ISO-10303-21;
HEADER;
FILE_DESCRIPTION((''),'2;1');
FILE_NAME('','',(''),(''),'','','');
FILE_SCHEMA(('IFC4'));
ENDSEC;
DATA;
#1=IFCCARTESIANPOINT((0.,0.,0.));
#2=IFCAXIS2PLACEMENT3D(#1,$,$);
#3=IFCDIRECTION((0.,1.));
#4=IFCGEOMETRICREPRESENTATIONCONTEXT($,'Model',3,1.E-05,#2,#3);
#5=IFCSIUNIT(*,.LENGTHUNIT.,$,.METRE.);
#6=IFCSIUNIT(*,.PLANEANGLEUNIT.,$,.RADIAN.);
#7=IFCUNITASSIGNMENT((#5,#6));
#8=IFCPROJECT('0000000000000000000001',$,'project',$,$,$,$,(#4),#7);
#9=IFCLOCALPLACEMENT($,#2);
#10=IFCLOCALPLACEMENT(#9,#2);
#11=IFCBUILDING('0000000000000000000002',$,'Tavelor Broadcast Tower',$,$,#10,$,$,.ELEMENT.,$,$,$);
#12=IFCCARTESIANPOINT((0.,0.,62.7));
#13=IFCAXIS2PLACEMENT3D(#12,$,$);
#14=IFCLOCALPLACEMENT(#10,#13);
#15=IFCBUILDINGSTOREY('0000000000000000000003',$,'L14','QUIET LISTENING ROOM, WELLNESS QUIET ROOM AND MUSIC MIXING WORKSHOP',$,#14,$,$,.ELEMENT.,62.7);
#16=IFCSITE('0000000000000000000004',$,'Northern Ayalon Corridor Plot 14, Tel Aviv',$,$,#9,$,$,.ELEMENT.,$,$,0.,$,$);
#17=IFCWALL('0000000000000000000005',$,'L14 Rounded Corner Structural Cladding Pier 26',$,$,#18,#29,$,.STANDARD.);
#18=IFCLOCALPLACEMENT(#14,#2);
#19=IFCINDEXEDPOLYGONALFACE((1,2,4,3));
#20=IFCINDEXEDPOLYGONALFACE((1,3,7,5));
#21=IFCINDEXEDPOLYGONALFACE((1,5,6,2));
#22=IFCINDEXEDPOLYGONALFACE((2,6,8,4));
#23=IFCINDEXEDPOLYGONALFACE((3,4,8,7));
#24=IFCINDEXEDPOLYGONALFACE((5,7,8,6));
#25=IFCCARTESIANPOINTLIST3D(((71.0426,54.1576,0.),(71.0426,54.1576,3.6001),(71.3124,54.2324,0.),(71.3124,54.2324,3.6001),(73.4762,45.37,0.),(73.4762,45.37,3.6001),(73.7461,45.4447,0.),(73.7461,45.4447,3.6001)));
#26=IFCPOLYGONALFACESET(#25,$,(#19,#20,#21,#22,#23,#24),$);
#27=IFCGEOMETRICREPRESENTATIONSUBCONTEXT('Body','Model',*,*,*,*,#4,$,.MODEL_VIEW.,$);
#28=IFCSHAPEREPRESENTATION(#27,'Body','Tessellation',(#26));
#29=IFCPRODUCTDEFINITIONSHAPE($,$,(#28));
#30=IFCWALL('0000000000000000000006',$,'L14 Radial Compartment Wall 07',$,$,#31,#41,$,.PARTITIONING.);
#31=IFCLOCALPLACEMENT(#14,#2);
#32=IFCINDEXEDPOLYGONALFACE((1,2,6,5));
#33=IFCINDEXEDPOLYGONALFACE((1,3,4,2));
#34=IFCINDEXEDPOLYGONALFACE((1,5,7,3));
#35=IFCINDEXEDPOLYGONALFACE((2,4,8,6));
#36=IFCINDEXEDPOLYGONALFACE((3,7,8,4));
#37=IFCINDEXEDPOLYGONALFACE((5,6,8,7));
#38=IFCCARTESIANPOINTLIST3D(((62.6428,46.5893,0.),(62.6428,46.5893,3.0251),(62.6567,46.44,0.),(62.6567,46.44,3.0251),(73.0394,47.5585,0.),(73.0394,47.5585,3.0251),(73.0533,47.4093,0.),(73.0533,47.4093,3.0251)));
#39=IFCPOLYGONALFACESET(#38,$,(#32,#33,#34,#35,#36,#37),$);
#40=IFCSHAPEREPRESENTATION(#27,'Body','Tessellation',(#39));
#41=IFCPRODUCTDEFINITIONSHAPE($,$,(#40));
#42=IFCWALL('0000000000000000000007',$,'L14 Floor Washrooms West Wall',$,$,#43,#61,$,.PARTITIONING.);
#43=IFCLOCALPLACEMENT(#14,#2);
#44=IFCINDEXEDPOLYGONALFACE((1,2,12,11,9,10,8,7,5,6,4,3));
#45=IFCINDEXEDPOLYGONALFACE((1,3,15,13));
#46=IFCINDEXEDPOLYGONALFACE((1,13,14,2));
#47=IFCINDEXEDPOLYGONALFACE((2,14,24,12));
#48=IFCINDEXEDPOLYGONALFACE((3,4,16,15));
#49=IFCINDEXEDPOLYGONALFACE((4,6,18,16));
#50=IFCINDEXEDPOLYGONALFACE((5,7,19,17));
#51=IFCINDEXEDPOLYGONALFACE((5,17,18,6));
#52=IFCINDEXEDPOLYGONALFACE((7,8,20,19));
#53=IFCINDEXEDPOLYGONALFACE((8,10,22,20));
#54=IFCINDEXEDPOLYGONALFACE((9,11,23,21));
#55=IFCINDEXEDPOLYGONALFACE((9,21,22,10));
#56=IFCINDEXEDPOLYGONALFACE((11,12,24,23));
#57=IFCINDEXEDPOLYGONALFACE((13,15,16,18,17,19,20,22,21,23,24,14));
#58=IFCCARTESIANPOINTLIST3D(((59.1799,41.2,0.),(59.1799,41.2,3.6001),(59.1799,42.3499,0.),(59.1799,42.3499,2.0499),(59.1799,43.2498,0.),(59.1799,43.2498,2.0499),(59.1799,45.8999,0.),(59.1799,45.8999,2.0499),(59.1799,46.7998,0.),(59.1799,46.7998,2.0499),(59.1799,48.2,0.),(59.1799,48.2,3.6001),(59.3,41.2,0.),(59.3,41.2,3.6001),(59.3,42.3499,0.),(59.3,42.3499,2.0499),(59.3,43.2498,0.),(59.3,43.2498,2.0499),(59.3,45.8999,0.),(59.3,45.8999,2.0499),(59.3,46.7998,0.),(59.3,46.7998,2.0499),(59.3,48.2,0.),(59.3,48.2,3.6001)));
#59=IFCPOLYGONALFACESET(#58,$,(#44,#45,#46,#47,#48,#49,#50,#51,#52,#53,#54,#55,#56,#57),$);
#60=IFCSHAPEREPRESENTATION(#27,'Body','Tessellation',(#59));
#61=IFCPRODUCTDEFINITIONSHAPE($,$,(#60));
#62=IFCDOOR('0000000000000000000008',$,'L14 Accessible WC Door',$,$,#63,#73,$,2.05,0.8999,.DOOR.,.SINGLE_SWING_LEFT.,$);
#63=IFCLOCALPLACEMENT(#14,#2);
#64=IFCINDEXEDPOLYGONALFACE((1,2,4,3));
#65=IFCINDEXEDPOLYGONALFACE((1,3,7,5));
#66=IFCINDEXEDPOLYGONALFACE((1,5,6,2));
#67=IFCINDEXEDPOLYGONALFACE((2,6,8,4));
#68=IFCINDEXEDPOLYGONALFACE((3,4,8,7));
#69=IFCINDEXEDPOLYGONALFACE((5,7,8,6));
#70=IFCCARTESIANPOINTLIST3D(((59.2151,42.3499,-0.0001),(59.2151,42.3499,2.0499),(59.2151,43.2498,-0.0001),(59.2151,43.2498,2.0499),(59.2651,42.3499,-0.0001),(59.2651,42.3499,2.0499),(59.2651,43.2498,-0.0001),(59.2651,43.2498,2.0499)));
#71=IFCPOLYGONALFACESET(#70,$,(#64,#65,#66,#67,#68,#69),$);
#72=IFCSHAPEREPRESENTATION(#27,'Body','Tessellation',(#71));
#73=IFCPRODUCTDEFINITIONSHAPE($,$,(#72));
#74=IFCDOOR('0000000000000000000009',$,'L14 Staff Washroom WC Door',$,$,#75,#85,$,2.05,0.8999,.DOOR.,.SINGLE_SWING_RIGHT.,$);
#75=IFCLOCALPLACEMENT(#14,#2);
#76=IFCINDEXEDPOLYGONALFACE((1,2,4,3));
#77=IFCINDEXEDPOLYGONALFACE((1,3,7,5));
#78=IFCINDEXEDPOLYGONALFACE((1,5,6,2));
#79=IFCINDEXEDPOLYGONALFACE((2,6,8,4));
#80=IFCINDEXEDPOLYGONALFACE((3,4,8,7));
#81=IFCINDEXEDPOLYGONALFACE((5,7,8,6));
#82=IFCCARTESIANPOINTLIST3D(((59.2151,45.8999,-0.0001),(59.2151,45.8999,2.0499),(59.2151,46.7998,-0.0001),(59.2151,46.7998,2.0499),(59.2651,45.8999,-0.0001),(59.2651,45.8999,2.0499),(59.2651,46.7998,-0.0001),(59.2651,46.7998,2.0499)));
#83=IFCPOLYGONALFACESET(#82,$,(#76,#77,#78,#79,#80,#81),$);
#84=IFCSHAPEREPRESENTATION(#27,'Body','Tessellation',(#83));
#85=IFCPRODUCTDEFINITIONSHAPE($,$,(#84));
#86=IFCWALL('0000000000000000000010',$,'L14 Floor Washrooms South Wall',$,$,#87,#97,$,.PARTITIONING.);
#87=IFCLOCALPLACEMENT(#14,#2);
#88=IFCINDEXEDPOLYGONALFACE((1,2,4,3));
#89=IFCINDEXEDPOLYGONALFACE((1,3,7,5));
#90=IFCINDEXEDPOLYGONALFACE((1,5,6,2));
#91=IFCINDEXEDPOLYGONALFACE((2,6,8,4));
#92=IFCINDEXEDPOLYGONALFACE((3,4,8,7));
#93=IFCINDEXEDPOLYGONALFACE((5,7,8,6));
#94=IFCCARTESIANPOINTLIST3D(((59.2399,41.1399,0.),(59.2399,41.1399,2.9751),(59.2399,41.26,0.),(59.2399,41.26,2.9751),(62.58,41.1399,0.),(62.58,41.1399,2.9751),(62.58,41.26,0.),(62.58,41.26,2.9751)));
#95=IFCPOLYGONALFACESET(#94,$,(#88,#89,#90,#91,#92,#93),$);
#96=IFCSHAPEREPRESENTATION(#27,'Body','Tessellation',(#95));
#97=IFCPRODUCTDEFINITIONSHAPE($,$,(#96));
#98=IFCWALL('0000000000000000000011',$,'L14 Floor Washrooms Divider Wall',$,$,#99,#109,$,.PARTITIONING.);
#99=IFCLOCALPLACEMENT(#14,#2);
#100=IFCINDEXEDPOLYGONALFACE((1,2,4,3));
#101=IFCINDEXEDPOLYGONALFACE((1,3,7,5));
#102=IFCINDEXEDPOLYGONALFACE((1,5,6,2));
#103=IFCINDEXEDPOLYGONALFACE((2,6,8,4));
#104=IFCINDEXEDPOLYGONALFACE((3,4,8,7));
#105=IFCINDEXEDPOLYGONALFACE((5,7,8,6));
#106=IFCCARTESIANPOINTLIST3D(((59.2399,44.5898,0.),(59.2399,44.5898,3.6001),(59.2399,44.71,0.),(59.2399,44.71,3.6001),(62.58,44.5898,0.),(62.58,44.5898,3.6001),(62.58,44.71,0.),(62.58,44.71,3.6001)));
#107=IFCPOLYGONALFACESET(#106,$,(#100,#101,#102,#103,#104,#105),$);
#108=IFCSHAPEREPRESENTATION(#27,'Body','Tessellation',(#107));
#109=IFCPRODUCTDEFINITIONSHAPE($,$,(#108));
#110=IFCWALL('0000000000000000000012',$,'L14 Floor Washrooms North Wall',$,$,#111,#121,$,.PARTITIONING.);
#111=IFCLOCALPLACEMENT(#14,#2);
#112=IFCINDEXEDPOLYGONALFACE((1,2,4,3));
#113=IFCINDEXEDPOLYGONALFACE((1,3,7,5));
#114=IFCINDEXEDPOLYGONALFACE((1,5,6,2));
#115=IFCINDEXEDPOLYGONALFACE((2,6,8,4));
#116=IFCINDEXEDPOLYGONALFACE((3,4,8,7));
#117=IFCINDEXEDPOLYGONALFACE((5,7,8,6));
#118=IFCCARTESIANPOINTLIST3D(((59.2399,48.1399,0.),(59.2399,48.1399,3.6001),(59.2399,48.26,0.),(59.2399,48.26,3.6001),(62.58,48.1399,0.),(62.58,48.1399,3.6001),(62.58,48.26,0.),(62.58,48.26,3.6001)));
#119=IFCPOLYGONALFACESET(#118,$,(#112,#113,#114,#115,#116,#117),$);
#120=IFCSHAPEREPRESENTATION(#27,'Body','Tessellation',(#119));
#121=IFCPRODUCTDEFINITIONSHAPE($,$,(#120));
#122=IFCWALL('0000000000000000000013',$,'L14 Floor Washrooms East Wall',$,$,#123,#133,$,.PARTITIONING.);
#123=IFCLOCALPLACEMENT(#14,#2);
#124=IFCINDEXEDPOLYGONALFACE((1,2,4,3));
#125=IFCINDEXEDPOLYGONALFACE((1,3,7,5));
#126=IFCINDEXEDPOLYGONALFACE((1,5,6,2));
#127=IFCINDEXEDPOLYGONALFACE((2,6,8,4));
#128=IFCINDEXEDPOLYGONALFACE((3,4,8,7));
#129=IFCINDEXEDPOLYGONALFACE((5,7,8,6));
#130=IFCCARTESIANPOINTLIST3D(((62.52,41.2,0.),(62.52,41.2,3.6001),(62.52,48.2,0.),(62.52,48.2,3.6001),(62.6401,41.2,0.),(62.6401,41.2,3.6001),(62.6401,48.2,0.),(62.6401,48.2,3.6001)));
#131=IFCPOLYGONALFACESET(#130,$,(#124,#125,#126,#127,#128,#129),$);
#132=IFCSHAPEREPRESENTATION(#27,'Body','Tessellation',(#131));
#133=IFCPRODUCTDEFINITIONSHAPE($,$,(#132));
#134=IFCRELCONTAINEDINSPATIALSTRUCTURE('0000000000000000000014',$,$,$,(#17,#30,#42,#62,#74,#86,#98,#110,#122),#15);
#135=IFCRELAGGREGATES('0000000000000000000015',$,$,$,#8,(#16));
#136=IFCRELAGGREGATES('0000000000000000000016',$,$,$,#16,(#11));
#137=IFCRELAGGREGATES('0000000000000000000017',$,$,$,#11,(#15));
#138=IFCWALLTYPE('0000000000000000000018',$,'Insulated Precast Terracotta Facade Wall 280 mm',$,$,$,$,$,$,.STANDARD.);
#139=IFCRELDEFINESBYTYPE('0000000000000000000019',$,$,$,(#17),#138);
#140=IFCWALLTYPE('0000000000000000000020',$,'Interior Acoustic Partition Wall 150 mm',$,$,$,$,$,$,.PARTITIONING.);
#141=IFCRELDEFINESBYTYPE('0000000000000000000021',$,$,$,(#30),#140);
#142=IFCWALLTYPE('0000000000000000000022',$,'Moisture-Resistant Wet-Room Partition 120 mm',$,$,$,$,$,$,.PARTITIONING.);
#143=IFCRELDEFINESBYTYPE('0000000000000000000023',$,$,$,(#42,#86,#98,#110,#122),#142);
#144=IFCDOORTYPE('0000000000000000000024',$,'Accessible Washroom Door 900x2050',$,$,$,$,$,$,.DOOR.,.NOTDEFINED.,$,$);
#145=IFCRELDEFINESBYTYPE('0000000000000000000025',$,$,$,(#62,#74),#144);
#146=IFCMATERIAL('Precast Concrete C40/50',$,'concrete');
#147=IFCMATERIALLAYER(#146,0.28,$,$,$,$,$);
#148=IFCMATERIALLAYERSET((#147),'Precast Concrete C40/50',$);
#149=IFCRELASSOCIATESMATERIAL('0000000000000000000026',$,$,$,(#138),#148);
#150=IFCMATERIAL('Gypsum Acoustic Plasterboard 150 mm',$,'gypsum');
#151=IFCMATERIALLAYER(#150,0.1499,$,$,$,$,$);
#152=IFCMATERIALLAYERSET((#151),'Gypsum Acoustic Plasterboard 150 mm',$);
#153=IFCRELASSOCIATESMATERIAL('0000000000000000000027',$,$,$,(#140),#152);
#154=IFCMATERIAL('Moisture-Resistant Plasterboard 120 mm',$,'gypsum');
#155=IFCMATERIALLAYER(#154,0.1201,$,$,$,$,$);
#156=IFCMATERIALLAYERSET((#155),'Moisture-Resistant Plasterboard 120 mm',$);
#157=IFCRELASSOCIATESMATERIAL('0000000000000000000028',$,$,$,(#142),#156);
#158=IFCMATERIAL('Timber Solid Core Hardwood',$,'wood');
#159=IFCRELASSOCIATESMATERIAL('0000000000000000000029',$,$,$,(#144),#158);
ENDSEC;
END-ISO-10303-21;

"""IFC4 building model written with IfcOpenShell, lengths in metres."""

from ifc_helpers import new_model, si_unit, direction, frame, frame_2d, origin, place, context, subcontext, project, spatial, rectangle, extrude, material, layer, layer_set, type_object, element, fill, save


model = new_model("IFC4")

# Units and contexts
model_context = context("Model", 3, precision=1e-05, world=origin(), true_north=direction((0.0, 1.0)))
body_context = subcontext(model_context, "Body", "Model", "MODEL_VIEW")
ifc_project = project(units=[si_unit("LENGTHUNIT", "METRE"), si_unit("PLANEANGLEUNIT", "RADIAN")], contexts=[model_context])

# Site, building, storey
site_placement = place(None, origin())
site = spatial("IfcSite", under=ifc_project, at=site_placement, Name="Northern Ayalon Corridor Plot 14, Tel Aviv", CompositionType="ELEMENT", RefElevation=0.0)
building_placement = place(site_placement, origin())
building = spatial("IfcBuilding", under=site, at=building_placement, Name="Tavelor Broadcast Tower", CompositionType="ELEMENT")
storey_placement = place(building_placement, frame((0.0, 0.0, 62.7)))
storey = spatial("IfcBuildingStorey", under=building, at=storey_placement, Name="L14", Description="QUIET LISTENING ROOM, WELLNESS QUIET ROOM AND MUSIC MIXING WORKSHOP", CompositionType="ELEMENT", Elevation=62.7)

# Shared definitions
ifc_material_1 = material(Name="Timber Solid Core Hardwood", Category="wood")

# Walls
ifc_material_2 = material(Name="Precast Concrete C40/50", Category="concrete")
ifc_layer_1 = layer(ifc_material_2, 0.28)
ifc_layer_set_1 = layer_set([ifc_layer_1], Name="Precast Concrete C40/50")
wall_type_1 = type_object("IfcWallType", Name="Insulated Precast Terracotta Facade Wall 280 mm", PredefinedType="STANDARD", material=ifc_layer_set_1)
wall_1_placement = place(storey_placement, frame((73.6111, 45.4075, 0.0), z_axis=(0.0, 0.0, 1.0), x_axis=(-0.26689, 0.963727, 0.0)))
element("IfcWall", 1, at=wall_1_placement, inside=storey, type_object=wall_type_1, Name="L14 Rounded Corner Structural Cladding Pier 26", PredefinedType="STANDARD", context=body_context, shape_type="SweptSolid", body=[
    extrude(rectangle(XDim=9.1184, YDim=0.28, at=frame_2d((4.5591, 0.0))), origin(), (0.0, 0.0, 1.0), 3.6001),
])
ifc_material_3 = material(Name="Gypsum Acoustic Plasterboard 150 mm", Category="gypsum")
ifc_layer_2 = layer(ifc_material_3, 0.1499)
ifc_layer_set_2 = layer_set([ifc_layer_2], Name="Gypsum Acoustic Plasterboard 150 mm")
wall_type_2 = type_object("IfcWallType", Name="Interior Acoustic Partition Wall 150 mm", PredefinedType="PARTITIONING", material=ifc_layer_set_2)
wall_2_placement = place(storey_placement, frame((62.6499, 46.5146, 0.0), z_axis=(0.0, 0.0, 1.0), x_axis=(0.995682, 0.092825, 0.0)))
element("IfcWall", 2, at=wall_2_placement, inside=storey, type_object=wall_type_2, Name="L14 Radial Compartment Wall 07", PredefinedType="PARTITIONING", context=body_context, shape_type="SweptSolid", body=[
    extrude(rectangle(XDim=10.4417, YDim=0.1499, at=frame_2d((5.2207, 0.0))), origin(), (0.0, 0.0, 1.0), 3.0251),
])

# Wall, openings, doors
ifc_material_4 = material(Name="Moisture-Resistant Plasterboard 120 mm", Category="gypsum")
ifc_layer_3 = layer(ifc_material_4, 0.1201)
ifc_layer_set_3 = layer_set([ifc_layer_3], Name="Moisture-Resistant Plasterboard 120 mm")
wall_type_3 = type_object("IfcWallType", Name="Moisture-Resistant Wet-Room Partition 120 mm", PredefinedType="PARTITIONING", material=ifc_layer_set_3)
wall_3_placement = place(storey_placement, frame((59.24, 41.2, 0.0), z_axis=(0.0, 0.0, 1.0), x_axis=(0.0, 1.0, 0.0)))
wall_3 = element("IfcWall", 3, at=wall_3_placement, inside=storey, type_object=wall_type_3, Name="L14 Floor Washrooms West Wall", PredefinedType="PARTITIONING", context=body_context, shape_type="SweptSolid", body=[
    extrude(rectangle(XDim=7.0, YDim=0.1201, at=frame_2d((3.5, 0.0))), origin(), (0.0, 0.0, 1.0), 3.6001),
])
opening_1_placement = place(wall_3_placement, frame((1.1499, 0.0, 0.0)))
opening_1 = element("IfcOpeningElement", 4, at=opening_1_placement, cuts=wall_3, PredefinedType="OPENING", context=body_context, shape_type="SweptSolid", body=[
    extrude(rectangle(XDim=0.8999, YDim=2.05, at=frame_2d((0.45, 1.0249))), frame((0.0, 0.0701, 0.0), z_axis=(0.0, -1.0, 0.0), x_axis=(1.0, 0.0, 0.0)), (0.0, 0.0, 1.0), 0.1401),
])
opening_2_placement = place(wall_3_placement, frame((4.7, 0.0, 0.0)))
opening_2 = element("IfcOpeningElement", 5, at=opening_2_placement, cuts=wall_3, PredefinedType="OPENING", context=body_context, shape_type="SweptSolid", body=[
    extrude(rectangle(XDim=0.8999, YDim=2.05, at=frame_2d((0.45, 1.0249))), frame((0.0, 0.0701, 0.0), z_axis=(0.0, -1.0, 0.0), x_axis=(1.0, 0.0, 0.0)), (0.0, 0.0, 1.0), 0.1401),
])
door_type_1 = type_object("IfcDoorType", Name="Accessible Washroom Door 900x2050", OperationType="NOTDEFINED", PredefinedType="DOOR", material=ifc_material_1)
door_1_placement = place(opening_1_placement, origin())
door_1 = element("IfcDoor", 6, at=door_1_placement, inside=storey, type_object=door_type_1, Name="L14 Accessible WC Door", OperationType="SINGLE_SWING_LEFT", OverallHeight=2.05, OverallWidth=0.8999, PredefinedType="DOOR", context=body_context, shape_type="SweptSolid", body=[
    extrude(rectangle(XDim=0.8999, YDim=2.05, at=frame_2d((0.45, 1.0249))), frame((0.0, 0.0249, 0.0), z_axis=(0.0, -1.0, 0.0), x_axis=(1.0, 0.0, 0.0)), (0.0, 0.0, 1.0), 0.05),
])
fill(opening_1, door_1)
door_2_placement = place(opening_2_placement, origin())
door_2 = element("IfcDoor", 7, at=door_2_placement, inside=storey, type_object=door_type_1, Name="L14 Staff Washroom WC Door", OperationType="SINGLE_SWING_RIGHT", OverallHeight=2.05, OverallWidth=0.8999, PredefinedType="DOOR", context=body_context, shape_type="SweptSolid", body=[
    extrude(rectangle(XDim=0.8999, YDim=2.05, at=frame_2d((0.45, 1.0249))), frame((0.0, 0.0249, 0.0), z_axis=(0.0, -1.0, 0.0), x_axis=(1.0, 0.0, 0.0)), (0.0, 0.0, 1.0), 0.05),
])
fill(opening_2, door_2)

# Walls
wall_4_placement = place(storey_placement, frame((59.24, 41.2, 0.0), z_axis=(0.0, 0.0, 1.0), x_axis=(1.0, 0.0, 0.0)))
element("IfcWall", 8, at=wall_4_placement, inside=storey, type_object=wall_type_3, Name="L14 Floor Washrooms South Wall", PredefinedType="PARTITIONING", context=body_context, shape_type="SweptSolid", body=[
    extrude(rectangle(XDim=3.3401, YDim=0.1201, at=frame_2d((1.6699, 0.0))), origin(), (0.0, 0.0, 1.0), 2.9751),
])
for number, where, z_axis, x_axis, name in (
    (9, (59.24, 44.6499, 0.0), (0.0, 0.0, 1.0), (1.0, 0.0, 0.0), "L14 Floor Washrooms Divider Wall"),
    (10, (59.24, 48.2, 0.0), (0.0, 0.0, 1.0), (1.0, 0.0, 0.0), "L14 Floor Washrooms North Wall"),
):
    element("IfcWall", number, at=place(storey_placement, frame(where, z_axis=z_axis, x_axis=x_axis)), inside=storey, type_object=wall_type_3, Name=name, PredefinedType="PARTITIONING", context=body_context, shape_type="SweptSolid", body=[
        extrude(rectangle(XDim=3.3401, YDim=0.1201, at=frame_2d((1.6699, 0.0))), origin(), (0.0, 0.0, 1.0), 3.6001),
    ])
wall_5_placement = place(storey_placement, frame((62.5801, 41.2, 0.0), z_axis=(0.0, 0.0, 1.0), x_axis=(0.0, 1.0, 0.0)))
element("IfcWall", 11, at=wall_5_placement, inside=storey, type_object=wall_type_3, Name="L14 Floor Washrooms East Wall", PredefinedType="PARTITIONING", context=body_context, shape_type="SweptSolid", body=[
    extrude(rectangle(XDim=7.0, YDim=0.1201, at=frame_2d((3.5, 0.0))), origin(), (0.0, 0.0, 1.0), 3.6001),
])

save(model, "model.ifc")
